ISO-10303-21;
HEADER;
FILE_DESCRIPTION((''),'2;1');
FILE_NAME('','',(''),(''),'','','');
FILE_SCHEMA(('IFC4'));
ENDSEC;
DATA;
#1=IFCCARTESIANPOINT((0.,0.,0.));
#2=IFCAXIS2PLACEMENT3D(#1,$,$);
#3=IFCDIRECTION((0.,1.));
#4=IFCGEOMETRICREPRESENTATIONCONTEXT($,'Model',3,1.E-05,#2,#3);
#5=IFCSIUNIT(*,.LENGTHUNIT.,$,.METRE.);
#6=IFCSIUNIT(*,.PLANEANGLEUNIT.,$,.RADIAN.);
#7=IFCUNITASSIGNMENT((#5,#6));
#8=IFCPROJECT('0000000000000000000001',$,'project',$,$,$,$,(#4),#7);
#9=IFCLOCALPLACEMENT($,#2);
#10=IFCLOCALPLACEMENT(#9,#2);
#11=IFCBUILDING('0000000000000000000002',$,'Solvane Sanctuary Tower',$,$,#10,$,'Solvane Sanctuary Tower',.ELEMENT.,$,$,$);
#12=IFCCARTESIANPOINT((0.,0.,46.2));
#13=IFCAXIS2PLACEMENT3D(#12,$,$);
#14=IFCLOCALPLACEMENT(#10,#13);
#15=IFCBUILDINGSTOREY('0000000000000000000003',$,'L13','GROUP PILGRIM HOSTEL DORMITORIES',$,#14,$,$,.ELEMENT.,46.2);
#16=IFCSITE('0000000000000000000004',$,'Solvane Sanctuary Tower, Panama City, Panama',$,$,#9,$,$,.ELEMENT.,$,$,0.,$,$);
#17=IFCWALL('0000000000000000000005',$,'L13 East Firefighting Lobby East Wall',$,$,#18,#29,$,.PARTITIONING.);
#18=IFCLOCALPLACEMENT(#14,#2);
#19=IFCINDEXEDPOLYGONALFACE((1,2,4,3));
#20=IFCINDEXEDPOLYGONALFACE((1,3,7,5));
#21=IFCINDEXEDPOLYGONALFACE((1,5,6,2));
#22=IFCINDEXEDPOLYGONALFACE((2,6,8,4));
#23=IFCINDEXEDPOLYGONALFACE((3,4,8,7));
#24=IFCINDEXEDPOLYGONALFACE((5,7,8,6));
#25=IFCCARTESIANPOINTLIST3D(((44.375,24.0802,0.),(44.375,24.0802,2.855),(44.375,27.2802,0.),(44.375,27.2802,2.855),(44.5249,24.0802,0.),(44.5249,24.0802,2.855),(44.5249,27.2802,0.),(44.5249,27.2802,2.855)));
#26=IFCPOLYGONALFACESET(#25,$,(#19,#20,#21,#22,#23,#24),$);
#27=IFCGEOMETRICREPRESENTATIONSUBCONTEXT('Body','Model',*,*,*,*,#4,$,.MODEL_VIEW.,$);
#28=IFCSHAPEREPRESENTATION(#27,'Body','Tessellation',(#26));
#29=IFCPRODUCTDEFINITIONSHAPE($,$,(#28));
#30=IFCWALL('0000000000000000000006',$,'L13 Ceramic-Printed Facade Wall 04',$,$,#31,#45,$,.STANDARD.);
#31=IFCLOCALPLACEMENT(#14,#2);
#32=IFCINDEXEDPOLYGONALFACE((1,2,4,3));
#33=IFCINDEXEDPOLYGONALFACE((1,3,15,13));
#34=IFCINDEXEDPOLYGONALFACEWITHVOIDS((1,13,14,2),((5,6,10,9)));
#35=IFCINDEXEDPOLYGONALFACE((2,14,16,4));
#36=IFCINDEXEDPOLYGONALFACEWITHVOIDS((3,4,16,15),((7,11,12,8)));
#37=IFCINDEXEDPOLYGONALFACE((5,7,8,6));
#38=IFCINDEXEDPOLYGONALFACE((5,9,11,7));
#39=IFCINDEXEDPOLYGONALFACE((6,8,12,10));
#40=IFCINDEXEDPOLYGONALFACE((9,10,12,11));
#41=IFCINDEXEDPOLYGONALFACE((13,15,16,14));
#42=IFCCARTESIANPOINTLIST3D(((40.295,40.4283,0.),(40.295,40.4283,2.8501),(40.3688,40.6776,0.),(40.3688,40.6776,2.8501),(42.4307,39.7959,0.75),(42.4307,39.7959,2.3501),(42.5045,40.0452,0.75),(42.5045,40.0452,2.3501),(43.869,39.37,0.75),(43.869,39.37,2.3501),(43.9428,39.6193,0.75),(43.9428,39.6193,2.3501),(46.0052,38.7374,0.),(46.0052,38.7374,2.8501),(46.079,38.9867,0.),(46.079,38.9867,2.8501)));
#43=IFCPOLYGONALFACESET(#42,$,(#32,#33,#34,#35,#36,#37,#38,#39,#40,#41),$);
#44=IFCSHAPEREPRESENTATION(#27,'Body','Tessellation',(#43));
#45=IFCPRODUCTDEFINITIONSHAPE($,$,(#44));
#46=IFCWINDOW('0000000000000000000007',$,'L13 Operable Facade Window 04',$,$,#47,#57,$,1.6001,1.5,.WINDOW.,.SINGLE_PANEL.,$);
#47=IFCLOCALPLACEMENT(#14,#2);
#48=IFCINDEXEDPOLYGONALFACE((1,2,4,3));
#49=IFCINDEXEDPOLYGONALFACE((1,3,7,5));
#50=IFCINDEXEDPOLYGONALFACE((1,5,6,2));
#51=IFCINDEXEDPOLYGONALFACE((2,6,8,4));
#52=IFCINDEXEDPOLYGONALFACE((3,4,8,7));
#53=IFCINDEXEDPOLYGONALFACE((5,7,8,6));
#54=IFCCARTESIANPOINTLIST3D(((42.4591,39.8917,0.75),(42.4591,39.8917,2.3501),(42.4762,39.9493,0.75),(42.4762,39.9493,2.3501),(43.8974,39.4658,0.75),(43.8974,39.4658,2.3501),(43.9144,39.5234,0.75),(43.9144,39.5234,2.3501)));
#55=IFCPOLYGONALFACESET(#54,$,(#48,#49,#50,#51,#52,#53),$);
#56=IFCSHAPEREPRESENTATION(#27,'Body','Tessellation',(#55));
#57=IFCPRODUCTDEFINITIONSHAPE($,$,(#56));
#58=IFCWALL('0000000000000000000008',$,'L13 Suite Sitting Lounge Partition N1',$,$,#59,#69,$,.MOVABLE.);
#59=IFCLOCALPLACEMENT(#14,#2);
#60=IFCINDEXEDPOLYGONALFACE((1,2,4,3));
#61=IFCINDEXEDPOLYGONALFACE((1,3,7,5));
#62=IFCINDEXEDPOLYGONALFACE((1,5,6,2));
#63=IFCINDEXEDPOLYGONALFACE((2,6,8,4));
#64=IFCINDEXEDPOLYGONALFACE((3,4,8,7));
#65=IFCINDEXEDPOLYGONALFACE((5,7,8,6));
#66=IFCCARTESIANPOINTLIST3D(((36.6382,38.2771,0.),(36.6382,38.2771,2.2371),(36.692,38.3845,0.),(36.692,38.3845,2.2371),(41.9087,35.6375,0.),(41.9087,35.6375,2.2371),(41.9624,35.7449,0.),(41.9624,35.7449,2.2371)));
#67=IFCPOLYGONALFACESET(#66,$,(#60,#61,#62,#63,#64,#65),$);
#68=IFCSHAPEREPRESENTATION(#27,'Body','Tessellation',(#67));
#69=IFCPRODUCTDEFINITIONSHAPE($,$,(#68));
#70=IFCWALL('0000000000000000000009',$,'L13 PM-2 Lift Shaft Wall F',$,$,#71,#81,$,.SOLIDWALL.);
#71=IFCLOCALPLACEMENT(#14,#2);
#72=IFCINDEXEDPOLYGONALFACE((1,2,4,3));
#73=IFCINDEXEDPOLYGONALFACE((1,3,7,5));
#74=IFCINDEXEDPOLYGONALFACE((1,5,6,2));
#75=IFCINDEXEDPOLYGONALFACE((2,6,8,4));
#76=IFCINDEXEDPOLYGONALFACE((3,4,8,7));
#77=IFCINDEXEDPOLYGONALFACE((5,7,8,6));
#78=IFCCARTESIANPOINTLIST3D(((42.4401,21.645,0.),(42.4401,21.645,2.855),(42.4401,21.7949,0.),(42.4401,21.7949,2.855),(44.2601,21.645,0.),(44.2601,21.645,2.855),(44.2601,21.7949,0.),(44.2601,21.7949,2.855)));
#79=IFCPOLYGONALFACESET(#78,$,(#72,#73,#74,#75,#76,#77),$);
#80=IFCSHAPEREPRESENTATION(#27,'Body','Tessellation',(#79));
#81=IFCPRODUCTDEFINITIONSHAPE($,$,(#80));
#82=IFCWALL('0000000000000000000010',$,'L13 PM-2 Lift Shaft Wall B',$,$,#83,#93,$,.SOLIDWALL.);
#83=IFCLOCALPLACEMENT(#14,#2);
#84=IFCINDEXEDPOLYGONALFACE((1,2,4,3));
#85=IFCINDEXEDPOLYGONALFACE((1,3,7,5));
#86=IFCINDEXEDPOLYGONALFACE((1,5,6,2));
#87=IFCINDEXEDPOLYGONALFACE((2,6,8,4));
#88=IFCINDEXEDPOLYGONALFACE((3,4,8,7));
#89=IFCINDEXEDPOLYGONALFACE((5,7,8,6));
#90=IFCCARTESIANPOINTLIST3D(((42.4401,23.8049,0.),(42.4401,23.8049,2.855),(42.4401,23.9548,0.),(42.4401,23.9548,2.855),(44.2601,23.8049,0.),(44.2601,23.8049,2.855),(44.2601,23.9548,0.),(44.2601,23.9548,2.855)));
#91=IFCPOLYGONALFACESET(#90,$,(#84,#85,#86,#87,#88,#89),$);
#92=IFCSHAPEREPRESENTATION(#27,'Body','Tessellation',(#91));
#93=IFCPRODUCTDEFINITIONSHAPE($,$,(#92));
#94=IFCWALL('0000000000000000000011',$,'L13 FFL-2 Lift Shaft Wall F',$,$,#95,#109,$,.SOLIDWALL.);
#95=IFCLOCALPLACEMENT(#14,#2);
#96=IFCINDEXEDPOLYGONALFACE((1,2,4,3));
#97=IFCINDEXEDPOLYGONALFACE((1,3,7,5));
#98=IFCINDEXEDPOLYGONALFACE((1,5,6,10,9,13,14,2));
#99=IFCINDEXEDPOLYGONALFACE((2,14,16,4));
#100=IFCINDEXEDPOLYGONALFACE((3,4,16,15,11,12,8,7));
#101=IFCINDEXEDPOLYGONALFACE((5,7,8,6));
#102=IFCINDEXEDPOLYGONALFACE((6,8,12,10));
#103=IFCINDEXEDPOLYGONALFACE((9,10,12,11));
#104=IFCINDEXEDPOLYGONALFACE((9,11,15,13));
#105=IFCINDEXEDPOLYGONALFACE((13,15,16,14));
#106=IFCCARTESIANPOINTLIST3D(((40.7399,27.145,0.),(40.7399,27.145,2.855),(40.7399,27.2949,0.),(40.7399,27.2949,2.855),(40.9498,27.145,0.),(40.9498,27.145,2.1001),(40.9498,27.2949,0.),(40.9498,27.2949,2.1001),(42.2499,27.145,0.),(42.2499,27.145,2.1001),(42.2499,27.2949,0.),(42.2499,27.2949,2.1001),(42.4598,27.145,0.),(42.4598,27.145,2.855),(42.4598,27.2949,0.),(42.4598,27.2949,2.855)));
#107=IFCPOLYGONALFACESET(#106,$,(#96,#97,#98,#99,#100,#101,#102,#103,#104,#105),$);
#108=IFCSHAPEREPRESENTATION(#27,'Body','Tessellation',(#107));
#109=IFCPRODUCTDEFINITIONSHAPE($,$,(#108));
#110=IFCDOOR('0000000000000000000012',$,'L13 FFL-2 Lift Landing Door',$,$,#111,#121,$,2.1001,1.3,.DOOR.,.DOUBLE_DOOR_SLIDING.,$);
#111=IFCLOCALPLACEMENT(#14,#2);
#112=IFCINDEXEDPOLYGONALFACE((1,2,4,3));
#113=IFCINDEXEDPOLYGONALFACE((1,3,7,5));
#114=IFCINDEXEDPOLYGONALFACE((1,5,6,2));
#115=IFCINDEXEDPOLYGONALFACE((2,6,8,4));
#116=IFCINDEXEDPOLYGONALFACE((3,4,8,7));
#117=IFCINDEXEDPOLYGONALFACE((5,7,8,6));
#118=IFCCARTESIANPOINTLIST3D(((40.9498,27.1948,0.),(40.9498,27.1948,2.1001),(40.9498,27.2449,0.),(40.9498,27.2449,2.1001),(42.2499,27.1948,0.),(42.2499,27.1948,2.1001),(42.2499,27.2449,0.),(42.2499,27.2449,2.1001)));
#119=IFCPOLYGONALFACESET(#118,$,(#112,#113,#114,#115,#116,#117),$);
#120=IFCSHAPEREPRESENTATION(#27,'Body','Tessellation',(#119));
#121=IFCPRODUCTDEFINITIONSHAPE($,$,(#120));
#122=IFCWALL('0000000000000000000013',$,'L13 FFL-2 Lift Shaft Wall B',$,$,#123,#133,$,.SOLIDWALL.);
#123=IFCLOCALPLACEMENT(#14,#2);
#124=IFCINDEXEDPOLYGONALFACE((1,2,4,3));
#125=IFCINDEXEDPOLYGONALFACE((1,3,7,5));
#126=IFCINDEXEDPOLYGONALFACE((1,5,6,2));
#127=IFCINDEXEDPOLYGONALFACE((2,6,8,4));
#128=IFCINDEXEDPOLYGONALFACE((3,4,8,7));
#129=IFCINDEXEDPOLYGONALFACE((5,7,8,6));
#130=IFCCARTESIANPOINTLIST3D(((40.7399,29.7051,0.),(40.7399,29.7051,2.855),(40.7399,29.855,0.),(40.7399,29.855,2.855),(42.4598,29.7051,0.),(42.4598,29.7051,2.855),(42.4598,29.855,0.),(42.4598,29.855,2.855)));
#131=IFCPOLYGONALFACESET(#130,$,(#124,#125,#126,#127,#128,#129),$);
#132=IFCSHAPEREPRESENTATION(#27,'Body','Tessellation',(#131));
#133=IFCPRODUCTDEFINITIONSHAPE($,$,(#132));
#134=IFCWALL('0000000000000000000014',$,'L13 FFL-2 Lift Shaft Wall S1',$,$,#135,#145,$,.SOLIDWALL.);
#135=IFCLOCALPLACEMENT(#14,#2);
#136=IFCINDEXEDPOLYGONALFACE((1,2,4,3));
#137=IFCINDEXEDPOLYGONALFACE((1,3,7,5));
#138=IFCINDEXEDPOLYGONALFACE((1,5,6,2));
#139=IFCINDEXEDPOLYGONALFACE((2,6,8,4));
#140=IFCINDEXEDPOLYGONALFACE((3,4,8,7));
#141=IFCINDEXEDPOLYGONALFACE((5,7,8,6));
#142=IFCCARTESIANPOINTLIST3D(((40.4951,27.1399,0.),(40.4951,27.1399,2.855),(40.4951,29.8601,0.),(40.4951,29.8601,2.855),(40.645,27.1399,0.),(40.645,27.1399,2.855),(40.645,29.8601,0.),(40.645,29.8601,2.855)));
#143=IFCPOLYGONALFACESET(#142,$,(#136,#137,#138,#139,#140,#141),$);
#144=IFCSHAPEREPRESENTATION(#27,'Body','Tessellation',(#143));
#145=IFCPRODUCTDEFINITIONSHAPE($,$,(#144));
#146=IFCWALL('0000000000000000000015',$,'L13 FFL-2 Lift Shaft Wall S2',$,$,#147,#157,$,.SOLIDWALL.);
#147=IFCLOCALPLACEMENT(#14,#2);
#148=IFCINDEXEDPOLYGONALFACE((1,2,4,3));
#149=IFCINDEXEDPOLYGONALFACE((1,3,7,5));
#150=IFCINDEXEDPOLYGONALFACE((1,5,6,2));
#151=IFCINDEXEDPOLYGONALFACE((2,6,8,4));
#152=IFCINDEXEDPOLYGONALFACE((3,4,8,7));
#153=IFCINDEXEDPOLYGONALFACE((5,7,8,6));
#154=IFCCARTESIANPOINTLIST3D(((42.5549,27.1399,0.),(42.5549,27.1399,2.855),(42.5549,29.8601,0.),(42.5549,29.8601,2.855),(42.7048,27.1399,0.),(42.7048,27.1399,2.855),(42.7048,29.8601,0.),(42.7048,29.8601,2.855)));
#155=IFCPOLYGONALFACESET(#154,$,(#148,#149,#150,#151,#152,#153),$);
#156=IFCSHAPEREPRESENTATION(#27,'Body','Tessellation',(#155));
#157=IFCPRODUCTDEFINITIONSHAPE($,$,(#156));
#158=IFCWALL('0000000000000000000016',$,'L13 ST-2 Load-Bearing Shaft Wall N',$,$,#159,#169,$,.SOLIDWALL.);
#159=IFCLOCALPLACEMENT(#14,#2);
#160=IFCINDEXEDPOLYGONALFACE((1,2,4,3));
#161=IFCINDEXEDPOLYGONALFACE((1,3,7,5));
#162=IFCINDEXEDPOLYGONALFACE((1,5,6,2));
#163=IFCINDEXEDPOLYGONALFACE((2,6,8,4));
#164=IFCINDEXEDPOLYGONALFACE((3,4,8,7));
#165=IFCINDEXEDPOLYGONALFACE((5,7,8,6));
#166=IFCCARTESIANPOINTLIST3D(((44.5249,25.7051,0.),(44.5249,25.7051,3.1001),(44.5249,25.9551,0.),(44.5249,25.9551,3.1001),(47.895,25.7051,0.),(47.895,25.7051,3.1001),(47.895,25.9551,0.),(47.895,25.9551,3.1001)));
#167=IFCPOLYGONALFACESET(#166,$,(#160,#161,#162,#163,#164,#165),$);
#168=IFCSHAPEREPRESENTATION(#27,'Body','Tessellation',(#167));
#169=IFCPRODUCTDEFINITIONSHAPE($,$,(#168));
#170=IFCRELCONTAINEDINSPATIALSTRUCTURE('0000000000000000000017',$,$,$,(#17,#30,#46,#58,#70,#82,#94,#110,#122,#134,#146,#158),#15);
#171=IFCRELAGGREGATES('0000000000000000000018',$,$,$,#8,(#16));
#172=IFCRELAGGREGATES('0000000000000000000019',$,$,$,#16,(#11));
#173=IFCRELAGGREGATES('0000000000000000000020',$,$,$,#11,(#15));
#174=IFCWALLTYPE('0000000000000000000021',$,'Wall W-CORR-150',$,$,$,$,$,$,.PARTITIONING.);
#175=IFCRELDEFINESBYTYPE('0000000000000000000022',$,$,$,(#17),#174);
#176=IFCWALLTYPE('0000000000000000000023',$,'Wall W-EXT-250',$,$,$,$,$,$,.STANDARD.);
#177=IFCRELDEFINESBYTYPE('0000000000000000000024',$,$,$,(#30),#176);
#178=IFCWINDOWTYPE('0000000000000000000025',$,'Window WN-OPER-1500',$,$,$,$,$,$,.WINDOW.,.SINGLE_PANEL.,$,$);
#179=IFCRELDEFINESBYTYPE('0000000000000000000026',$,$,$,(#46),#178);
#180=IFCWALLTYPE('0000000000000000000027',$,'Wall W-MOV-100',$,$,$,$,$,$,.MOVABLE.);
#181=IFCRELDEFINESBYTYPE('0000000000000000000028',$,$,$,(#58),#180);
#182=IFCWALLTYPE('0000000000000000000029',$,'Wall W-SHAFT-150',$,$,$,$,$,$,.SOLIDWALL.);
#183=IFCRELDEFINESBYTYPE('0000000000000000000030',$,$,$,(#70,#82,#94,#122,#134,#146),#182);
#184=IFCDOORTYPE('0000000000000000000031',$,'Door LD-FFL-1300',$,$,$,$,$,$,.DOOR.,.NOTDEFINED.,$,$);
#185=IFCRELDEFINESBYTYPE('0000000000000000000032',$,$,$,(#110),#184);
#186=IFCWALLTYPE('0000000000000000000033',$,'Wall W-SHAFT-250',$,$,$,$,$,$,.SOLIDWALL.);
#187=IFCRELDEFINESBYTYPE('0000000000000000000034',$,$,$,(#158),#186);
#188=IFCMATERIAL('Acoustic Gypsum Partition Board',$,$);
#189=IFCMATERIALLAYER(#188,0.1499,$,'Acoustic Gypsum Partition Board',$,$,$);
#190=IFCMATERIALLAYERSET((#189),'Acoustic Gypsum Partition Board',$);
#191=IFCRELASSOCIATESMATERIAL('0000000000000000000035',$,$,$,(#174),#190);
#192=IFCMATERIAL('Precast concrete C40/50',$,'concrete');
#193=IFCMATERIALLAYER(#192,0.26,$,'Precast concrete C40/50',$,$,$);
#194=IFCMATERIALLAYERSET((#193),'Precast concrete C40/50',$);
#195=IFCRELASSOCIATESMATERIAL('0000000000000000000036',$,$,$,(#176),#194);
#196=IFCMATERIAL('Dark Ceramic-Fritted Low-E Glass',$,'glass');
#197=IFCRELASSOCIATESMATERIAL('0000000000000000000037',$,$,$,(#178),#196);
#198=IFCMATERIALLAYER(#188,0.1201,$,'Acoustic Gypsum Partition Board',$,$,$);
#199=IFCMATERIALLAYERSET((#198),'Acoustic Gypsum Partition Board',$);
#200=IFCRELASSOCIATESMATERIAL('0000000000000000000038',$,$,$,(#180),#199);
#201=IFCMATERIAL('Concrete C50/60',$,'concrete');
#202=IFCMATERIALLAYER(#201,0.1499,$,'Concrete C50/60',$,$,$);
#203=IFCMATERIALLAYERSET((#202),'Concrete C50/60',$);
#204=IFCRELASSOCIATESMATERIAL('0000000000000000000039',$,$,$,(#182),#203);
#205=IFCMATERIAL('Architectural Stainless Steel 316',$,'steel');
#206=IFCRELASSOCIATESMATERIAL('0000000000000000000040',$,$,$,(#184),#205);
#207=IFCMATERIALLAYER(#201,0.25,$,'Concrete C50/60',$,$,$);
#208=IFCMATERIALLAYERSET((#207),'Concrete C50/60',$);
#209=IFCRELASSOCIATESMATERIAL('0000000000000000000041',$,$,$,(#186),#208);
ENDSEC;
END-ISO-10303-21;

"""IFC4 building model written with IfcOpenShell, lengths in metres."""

from ifc_helpers import new_model, si_unit, direction, frame, frame_2d, origin, place, context, subcontext, project, spatial, rectangle, extrude, material, layer, layer_set, type_object, element, fill, save


model = new_model("IFC4")

# Units and contexts
model_context = context("Model", 3, precision=1e-05, world=origin(), true_north=direction((0.0, 1.0)))
body_context = subcontext(model_context, "Body", "Model", "MODEL_VIEW")
ifc_project = project(units=[si_unit("LENGTHUNIT", "METRE"), si_unit("PLANEANGLEUNIT", "RADIAN")], contexts=[model_context])

# Site, building, storey
site_placement = place(None, origin())
site = spatial("IfcSite", under=ifc_project, at=site_placement, Name="Solvane Sanctuary Tower, Panama City, Panama", CompositionType="ELEMENT", RefElevation=0.0)
building_placement = place(site_placement, origin())
building = spatial("IfcBuilding", under=site, at=building_placement, Name="Solvane Sanctuary Tower", LongName="Solvane Sanctuary Tower", CompositionType="ELEMENT")
storey_placement = place(building_placement, frame((0.0, 0.0, 46.2)))
storey = spatial("IfcBuildingStorey", under=building, at=storey_placement, Name="L13", Description="GROUP PILGRIM HOSTEL DORMITORIES", CompositionType="ELEMENT", Elevation=46.2)

# Wall
ifc_material_1 = material(Name="Acoustic Gypsum Partition Board")
ifc_layer_1 = layer(ifc_material_1, 0.1499, Name="Acoustic Gypsum Partition Board")
ifc_layer_set_1 = layer_set([ifc_layer_1], Name="Acoustic Gypsum Partition Board")
wall_type_1 = type_object("IfcWallType", Name="Wall W-CORR-150", PredefinedType="PARTITIONING", material=ifc_layer_set_1)
wall_1_placement = place(storey_placement, frame((44.45, 24.0801, 0.0), z_axis=(0.0, 0.0, 1.0), x_axis=(0.0, 1.0, 0.0)))
element("IfcWall", 1, at=wall_1_placement, inside=storey, type_object=wall_type_1, Name="L13 East Firefighting Lobby East Wall", PredefinedType="PARTITIONING", context=body_context, shape_type="SweptSolid", body=[
    extrude(rectangle(XDim=3.2, YDim=0.1499, at=frame_2d((1.6001, 0.0))), origin(), (0.0, 0.0, 1.0), 2.855),
])

# Wall, opening, window
ifc_material_2 = material(Name="Precast concrete C40/50", Category="concrete")
ifc_layer_2 = layer(ifc_material_2, 0.26, Name="Precast concrete C40/50")
ifc_layer_set_2 = layer_set([ifc_layer_2], Name="Precast concrete C40/50")
wall_type_2 = type_object("IfcWallType", Name="Wall W-EXT-250", PredefinedType="STANDARD", material=ifc_layer_set_2)
wall_2_placement = place(storey_placement, frame((46.042, 38.8621, 0.0), z_axis=(0.0, 0.0, 1.0), x_axis=(-0.958844, 0.283935, 0.0)))
wall_2 = element("IfcWall", 2, at=wall_2_placement, inside=storey, type_object=wall_type_2, Name="L13 Ceramic-Printed Facade Wall 04", PredefinedType="STANDARD", context=body_context, shape_type="SweptSolid", body=[
    extrude(rectangle(XDim=5.9553, YDim=0.26, at=frame_2d((2.9775, 0.0))), origin(), (0.0, 0.0, 1.0), 2.8501),
])
opening_1_placement = place(wall_2_placement, frame((2.2278, 0.0, 0.75)))
opening_1 = element("IfcOpeningElement", 3, at=opening_1_placement, cuts=wall_2, PredefinedType="OPENING", context=body_context, shape_type="SweptSolid", body=[
    extrude(rectangle(XDim=1.5, YDim=1.6001, at=frame_2d((0.75, 0.8))), frame((0.0, 0.1399, 0.0), z_axis=(0.0, -1.0, 0.0), x_axis=(1.0, 0.0, 0.0)), (0.0, 0.0, 1.0), 0.28),
])
ifc_material_3 = material(Name="Dark Ceramic-Fritted Low-E Glass", Category="glass")
window_type = type_object("IfcWindowType", Name="Window WN-OPER-1500", PartitioningType="SINGLE_PANEL", PredefinedType="WINDOW", material=ifc_material_3)
window_placement = place(opening_1_placement, origin())
window = element("IfcWindow", 4, at=window_placement, inside=storey, type_object=window_type, Name="L13 Operable Facade Window 04", OverallHeight=1.6001, OverallWidth=1.5, PartitioningType="SINGLE_PANEL", PredefinedType="WINDOW", context=body_context, shape_type="SweptSolid", body=[
    extrude(rectangle(XDim=1.5, YDim=1.6001, at=frame_2d((0.75, 0.8))), frame((0.0, 0.03, 0.0), z_axis=(0.0, -1.0, 0.0), x_axis=(1.0, 0.0, 0.0)), (0.0, 0.0, 1.0), 0.0601),
])
fill(opening_1, window)

# Walls
ifc_layer_3 = layer(ifc_material_1, 0.1201, Name="Acoustic Gypsum Partition Board")
ifc_layer_set_3 = layer_set([ifc_layer_3], Name="Acoustic Gypsum Partition Board")
wall_type_3 = type_object("IfcWallType", Name="Wall W-MOV-100", PredefinedType="MOVABLE", material=ifc_layer_set_3)
wall_3_placement = place(storey_placement, frame((41.9355, 35.6912, 0.0), z_axis=(0.0, 0.0, 1.0), x_axis=(-0.894129, 0.44781, 0.0)))
element("IfcWall", 5, at=wall_3_placement, inside=storey, type_object=wall_type_3, Name="L13 Suite Sitting Lounge Partition N1", PredefinedType="MOVABLE", context=body_context, shape_type="SweptSolid", body=[
    extrude(rectangle(XDim=5.8945, YDim=0.1201, at=frame_2d((2.9473, 0.0))), origin(), (0.0, 0.0, 1.0), 2.2371),
])
ifc_material_4 = material(Name="Concrete C50/60", Category="concrete")
ifc_layer_4 = layer(ifc_material_4, 0.1499, Name="Concrete C50/60")
ifc_layer_set_4 = layer_set([ifc_layer_4], Name="Concrete C50/60")
wall_type_4 = type_object("IfcWallType", Name="Wall W-SHAFT-150", PredefinedType="SOLIDWALL", material=ifc_layer_set_4)
for number, where, z_axis, x_axis, name in (
    (6, (42.4399, 21.72, 0.0), (0.0, 0.0, 1.0), (1.0, 0.0, 0.0), "L13 PM-2 Lift Shaft Wall F"),
    (7, (42.4399, 23.8799, 0.0), (0.0, 0.0, 1.0), (1.0, 0.0, 0.0), "L13 PM-2 Lift Shaft Wall B"),
):
    element("IfcWall", number, at=place(storey_placement, frame(where, z_axis=z_axis, x_axis=x_axis)), inside=storey, type_object=wall_type_4, Name=name, PredefinedType="SOLIDWALL", context=body_context, shape_type="SweptSolid", body=[
        extrude(rectangle(XDim=1.8201, YDim=0.1499, at=frame_2d((0.9102, 0.0))), origin(), (0.0, 0.0, 1.0), 2.855),
    ])

# Wall, opening, door
wall_4_placement = place(storey_placement, frame((40.74, 27.22, 0.0), z_axis=(0.0, 0.0, 1.0), x_axis=(1.0, 0.0, 0.0)))
wall_4 = element("IfcWall", 8, at=wall_4_placement, inside=storey, type_object=wall_type_4, Name="L13 FFL-2 Lift Shaft Wall F", PredefinedType="SOLIDWALL", context=body_context, shape_type="SweptSolid", body=[
    extrude(rectangle(XDim=1.72, YDim=0.1499, at=frame_2d((0.8599, 0.0))), origin(), (0.0, 0.0, 1.0), 2.855),
])
opening_2_placement = place(wall_4_placement, frame((0.21, 0.0, 0.0)))
opening_2 = element("IfcOpeningElement", 9, at=opening_2_placement, cuts=wall_4, PredefinedType="OPENING", context=body_context, shape_type="SweptSolid", body=[
    extrude(rectangle(XDim=1.3, YDim=2.1001, at=frame_2d((0.6499, 1.05))), frame((0.0, 0.085, 0.0), z_axis=(0.0, -1.0, 0.0), x_axis=(1.0, 0.0, 0.0)), (0.0, 0.0, 1.0), 0.1699),
])
ifc_material_5 = material(Name="Architectural Stainless Steel 316", Category="steel")
door_type_1 = type_object("IfcDoorType", Name="Door LD-FFL-1300", OperationType="NOTDEFINED", PredefinedType="DOOR", material=ifc_material_5)
door_1_placement = place(opening_2_placement, origin())
door_1 = element("IfcDoor", 10, at=door_1_placement, inside=storey, type_object=door_type_1, Name="L13 FFL-2 Lift Landing Door", OperationType="DOUBLE_DOOR_SLIDING", OverallHeight=2.1001, OverallWidth=1.3, PredefinedType="DOOR", context=body_context, shape_type="SweptSolid", body=[
    extrude(rectangle(XDim=1.3, YDim=2.1001, at=frame_2d((0.6499, 1.05))), frame((0.0, 0.0249, 0.0), z_axis=(0.0, -1.0, 0.0), x_axis=(1.0, 0.0, 0.0)), (0.0, 0.0, 1.0), 0.05),
])
fill(opening_2, door_1)

# Walls
wall_5_placement = place(storey_placement, frame((40.74, 29.78, 0.0), z_axis=(0.0, 0.0, 1.0), x_axis=(1.0, 0.0, 0.0)))
element("IfcWall", 11, at=wall_5_placement, inside=storey, type_object=wall_type_4, Name="L13 FFL-2 Lift Shaft Wall B", PredefinedType="SOLIDWALL", context=body_context, shape_type="SweptSolid", body=[
    extrude(rectangle(XDim=1.72, YDim=0.1499, at=frame_2d((0.8599, 0.0))), origin(), (0.0, 0.0, 1.0), 2.855),
])
for number, where, z_axis, x_axis, name in (
    (12, (40.5701, 27.1399, 0.0), (0.0, 0.0, 1.0), (0.0, 1.0, 0.0), "L13 FFL-2 Lift Shaft Wall S1"),
    (13, (42.6299, 27.1399, 0.0), (0.0, 0.0, 1.0), (0.0, 1.0, 0.0), "L13 FFL-2 Lift Shaft Wall S2"),
):
    element("IfcWall", number, at=place(storey_placement, frame(where, z_axis=z_axis, x_axis=x_axis)), inside=storey, type_object=wall_type_4, Name=name, PredefinedType="SOLIDWALL", context=body_context, shape_type="SweptSolid", body=[
        extrude(rectangle(XDim=2.7202, YDim=0.1499, at=frame_2d((1.3601, 0.0))), origin(), (0.0, 0.0, 1.0), 2.855),
    ])
ifc_layer_5 = layer(ifc_material_4, 0.25, Name="Concrete C50/60")
ifc_layer_set_5 = layer_set([ifc_layer_5], Name="Concrete C50/60")
wall_type_5 = type_object("IfcWallType", Name="Wall W-SHAFT-250", PredefinedType="SOLIDWALL", material=ifc_layer_set_5)
wall_6_placement = place(storey_placement, frame((44.5249, 25.8301, 0.0), z_axis=(0.0, 0.0, 1.0), x_axis=(1.0, 0.0, 0.0)))
element("IfcWall", 14, at=wall_6_placement, inside=storey, type_object=wall_type_5, Name="L13 ST-2 Load-Bearing Shaft Wall N", PredefinedType="SOLIDWALL", context=body_context, shape_type="SweptSolid", body=[
    extrude(rectangle(XDim=3.3701, YDim=0.25, at=frame_2d((1.6851, 0.0))), origin(), (0.0, 0.0, 1.0), 3.1001),
])

save(model, "model.ifc")
